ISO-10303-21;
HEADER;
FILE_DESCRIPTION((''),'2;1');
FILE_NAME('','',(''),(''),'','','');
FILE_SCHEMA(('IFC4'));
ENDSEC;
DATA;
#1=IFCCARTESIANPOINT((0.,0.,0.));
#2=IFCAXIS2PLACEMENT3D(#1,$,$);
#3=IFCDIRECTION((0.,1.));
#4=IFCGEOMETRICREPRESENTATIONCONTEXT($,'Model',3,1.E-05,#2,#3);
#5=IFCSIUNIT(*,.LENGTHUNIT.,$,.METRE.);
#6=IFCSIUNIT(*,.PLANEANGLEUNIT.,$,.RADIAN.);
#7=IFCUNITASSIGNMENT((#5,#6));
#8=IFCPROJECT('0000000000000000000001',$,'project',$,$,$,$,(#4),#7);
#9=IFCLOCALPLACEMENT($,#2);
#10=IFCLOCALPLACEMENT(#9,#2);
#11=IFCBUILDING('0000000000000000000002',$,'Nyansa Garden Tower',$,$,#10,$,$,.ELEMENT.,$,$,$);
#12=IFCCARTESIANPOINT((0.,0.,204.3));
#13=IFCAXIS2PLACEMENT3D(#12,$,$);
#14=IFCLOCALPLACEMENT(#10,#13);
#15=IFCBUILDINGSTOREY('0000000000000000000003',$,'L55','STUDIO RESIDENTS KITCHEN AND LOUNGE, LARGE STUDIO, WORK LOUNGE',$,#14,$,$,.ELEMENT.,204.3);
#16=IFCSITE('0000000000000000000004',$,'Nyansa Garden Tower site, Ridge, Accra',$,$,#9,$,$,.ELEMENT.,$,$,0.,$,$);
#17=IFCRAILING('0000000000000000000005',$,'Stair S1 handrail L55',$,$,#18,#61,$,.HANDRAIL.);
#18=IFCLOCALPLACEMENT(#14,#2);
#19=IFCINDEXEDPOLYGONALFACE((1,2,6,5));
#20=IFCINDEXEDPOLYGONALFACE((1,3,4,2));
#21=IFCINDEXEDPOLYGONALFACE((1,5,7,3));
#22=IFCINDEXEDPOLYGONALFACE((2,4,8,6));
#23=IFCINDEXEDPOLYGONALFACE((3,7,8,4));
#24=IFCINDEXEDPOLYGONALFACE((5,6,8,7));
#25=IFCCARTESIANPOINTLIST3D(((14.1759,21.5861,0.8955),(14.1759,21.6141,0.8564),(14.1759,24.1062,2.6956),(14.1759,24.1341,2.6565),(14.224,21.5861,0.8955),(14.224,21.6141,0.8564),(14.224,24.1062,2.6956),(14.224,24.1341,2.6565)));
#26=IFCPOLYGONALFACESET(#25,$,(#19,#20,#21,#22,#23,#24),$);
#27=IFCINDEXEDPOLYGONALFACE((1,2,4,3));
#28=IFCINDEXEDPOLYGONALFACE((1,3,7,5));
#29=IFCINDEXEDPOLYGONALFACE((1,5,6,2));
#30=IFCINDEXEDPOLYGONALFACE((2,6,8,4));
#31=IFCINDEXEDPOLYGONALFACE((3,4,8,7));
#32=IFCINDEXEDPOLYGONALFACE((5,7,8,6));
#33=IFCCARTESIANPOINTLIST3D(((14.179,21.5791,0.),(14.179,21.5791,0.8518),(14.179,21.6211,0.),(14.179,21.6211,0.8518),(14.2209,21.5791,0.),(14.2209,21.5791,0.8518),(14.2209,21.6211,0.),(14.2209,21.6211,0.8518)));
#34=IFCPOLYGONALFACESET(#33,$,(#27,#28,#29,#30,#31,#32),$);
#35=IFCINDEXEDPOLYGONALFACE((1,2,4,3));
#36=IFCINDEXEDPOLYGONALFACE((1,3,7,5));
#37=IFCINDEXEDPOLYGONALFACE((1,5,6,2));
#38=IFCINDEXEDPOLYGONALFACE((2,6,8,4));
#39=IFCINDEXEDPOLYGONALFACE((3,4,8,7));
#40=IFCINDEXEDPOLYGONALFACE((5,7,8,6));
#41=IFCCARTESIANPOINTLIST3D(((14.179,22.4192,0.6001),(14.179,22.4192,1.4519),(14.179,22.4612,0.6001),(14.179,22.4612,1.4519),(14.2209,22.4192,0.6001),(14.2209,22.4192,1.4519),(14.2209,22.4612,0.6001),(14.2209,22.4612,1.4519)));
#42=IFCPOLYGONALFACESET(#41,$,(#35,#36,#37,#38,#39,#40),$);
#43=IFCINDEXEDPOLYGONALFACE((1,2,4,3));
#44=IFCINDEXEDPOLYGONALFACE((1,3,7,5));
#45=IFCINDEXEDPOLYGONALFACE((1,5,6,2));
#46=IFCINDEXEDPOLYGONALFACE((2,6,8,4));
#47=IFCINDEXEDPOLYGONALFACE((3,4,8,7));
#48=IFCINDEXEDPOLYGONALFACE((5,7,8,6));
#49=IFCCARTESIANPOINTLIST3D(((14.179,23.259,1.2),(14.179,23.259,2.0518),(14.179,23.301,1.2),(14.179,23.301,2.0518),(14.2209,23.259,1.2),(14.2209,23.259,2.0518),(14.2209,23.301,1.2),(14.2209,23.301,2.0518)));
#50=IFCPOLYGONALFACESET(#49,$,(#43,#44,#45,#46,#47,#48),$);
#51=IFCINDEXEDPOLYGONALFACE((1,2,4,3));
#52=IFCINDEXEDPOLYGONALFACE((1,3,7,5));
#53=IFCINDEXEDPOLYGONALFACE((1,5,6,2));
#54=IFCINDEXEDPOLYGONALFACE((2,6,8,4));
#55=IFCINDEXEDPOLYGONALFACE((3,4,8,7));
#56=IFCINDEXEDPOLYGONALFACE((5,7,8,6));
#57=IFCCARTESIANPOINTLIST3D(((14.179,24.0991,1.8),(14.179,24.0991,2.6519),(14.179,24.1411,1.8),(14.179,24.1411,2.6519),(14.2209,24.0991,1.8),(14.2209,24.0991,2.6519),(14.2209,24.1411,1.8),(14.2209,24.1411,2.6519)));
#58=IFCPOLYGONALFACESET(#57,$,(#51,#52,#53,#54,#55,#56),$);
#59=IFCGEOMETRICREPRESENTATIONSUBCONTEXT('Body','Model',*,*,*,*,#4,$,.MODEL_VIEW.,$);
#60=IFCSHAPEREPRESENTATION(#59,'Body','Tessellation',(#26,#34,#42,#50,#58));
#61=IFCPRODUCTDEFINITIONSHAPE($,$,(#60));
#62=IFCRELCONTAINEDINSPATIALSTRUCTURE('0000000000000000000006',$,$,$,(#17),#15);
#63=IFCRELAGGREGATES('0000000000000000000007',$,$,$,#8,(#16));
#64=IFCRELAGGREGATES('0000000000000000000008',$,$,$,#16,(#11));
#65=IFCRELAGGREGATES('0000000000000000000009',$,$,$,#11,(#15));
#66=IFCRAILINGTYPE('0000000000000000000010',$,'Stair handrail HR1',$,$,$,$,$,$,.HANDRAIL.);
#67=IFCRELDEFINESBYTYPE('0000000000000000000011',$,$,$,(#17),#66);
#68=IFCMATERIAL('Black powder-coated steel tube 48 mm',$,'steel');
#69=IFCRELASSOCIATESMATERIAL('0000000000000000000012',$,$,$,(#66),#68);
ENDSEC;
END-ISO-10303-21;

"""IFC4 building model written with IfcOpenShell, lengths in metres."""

from ifc_helpers import new_model, si_unit, direction, frame, origin, origin_2d, place, context, subcontext, project, spatial, rectangle, extrude, material, type_object, element, save


model = new_model("IFC4")

# Units and contexts
model_context = context("Model", 3, precision=1e-05, world=origin(), true_north=direction((0.0, 1.0)))
body_context = subcontext(model_context, "Body", "Model", "MODEL_VIEW")
ifc_project = project(units=[si_unit("LENGTHUNIT", "METRE"), si_unit("PLANEANGLEUNIT", "RADIAN")], contexts=[model_context])

# Site, building, storey
site_placement = place(None, origin())
site = spatial("IfcSite", under=ifc_project, at=site_placement, Name="Nyansa Garden Tower site, Ridge, Accra", CompositionType="ELEMENT", RefElevation=0.0)
building_placement = place(site_placement, origin())
building = spatial("IfcBuilding", under=site, at=building_placement, Name="Nyansa Garden Tower", CompositionType="ELEMENT")
storey_placement = place(building_placement, frame((0.0, 0.0, 204.3)))
storey = spatial("IfcBuildingStorey", under=building, at=storey_placement, Name="L55", Description="STUDIO RESIDENTS KITCHEN AND LOUNGE, LARGE STUDIO, WORK LOUNGE", CompositionType="ELEMENT", Elevation=204.3)

# Railing
ifc_material_1 = material(Name="Black powder-coated steel tube 48 mm", Category="steel")
railing_type = type_object("IfcRailingType", Name="Stair handrail HR1", PredefinedType="HANDRAIL", material=ifc_material_1)
railing_placement = place(storey_placement, frame((14.2, 21.6001, 0.0)))
element("IfcRailing", 1, at=railing_placement, inside=storey, type_object=railing_type, Name="Stair S1 handrail L55", PredefinedType="HANDRAIL", context=body_context, shape_type="SweptSolid", body=[
    extrude(rectangle(XDim=0.0481, YDim=0.0481, at=origin_2d()), frame((0.0, 0.0, 0.876), z_axis=(0.0, 0.813728, 0.581246), x_axis=(-1.0, 0.0, 0.0)), (0.0, 0.0, 1.0), 3.0969),
    extrude(rectangle(XDim=0.042, YDim=0.042, at=origin_2d()), origin(), (0.0, 0.0, 1.0), 0.8518),
    extrude(rectangle(XDim=0.042, YDim=0.042, at=origin_2d()), frame((0.0, 0.8401, 0.6001)), (0.0, 0.0, 1.0), 0.8518),
    extrude(rectangle(XDim=0.042, YDim=0.042, at=origin_2d()), frame((0.0, 1.6799, 1.2)), (0.0, 0.0, 1.0), 0.8518),
    extrude(rectangle(XDim=0.042, YDim=0.042, at=origin_2d()), frame((0.0, 2.52, 1.8)), (0.0, 0.0, 1.0), 0.8518),
])

save(model, "model.ifc")
